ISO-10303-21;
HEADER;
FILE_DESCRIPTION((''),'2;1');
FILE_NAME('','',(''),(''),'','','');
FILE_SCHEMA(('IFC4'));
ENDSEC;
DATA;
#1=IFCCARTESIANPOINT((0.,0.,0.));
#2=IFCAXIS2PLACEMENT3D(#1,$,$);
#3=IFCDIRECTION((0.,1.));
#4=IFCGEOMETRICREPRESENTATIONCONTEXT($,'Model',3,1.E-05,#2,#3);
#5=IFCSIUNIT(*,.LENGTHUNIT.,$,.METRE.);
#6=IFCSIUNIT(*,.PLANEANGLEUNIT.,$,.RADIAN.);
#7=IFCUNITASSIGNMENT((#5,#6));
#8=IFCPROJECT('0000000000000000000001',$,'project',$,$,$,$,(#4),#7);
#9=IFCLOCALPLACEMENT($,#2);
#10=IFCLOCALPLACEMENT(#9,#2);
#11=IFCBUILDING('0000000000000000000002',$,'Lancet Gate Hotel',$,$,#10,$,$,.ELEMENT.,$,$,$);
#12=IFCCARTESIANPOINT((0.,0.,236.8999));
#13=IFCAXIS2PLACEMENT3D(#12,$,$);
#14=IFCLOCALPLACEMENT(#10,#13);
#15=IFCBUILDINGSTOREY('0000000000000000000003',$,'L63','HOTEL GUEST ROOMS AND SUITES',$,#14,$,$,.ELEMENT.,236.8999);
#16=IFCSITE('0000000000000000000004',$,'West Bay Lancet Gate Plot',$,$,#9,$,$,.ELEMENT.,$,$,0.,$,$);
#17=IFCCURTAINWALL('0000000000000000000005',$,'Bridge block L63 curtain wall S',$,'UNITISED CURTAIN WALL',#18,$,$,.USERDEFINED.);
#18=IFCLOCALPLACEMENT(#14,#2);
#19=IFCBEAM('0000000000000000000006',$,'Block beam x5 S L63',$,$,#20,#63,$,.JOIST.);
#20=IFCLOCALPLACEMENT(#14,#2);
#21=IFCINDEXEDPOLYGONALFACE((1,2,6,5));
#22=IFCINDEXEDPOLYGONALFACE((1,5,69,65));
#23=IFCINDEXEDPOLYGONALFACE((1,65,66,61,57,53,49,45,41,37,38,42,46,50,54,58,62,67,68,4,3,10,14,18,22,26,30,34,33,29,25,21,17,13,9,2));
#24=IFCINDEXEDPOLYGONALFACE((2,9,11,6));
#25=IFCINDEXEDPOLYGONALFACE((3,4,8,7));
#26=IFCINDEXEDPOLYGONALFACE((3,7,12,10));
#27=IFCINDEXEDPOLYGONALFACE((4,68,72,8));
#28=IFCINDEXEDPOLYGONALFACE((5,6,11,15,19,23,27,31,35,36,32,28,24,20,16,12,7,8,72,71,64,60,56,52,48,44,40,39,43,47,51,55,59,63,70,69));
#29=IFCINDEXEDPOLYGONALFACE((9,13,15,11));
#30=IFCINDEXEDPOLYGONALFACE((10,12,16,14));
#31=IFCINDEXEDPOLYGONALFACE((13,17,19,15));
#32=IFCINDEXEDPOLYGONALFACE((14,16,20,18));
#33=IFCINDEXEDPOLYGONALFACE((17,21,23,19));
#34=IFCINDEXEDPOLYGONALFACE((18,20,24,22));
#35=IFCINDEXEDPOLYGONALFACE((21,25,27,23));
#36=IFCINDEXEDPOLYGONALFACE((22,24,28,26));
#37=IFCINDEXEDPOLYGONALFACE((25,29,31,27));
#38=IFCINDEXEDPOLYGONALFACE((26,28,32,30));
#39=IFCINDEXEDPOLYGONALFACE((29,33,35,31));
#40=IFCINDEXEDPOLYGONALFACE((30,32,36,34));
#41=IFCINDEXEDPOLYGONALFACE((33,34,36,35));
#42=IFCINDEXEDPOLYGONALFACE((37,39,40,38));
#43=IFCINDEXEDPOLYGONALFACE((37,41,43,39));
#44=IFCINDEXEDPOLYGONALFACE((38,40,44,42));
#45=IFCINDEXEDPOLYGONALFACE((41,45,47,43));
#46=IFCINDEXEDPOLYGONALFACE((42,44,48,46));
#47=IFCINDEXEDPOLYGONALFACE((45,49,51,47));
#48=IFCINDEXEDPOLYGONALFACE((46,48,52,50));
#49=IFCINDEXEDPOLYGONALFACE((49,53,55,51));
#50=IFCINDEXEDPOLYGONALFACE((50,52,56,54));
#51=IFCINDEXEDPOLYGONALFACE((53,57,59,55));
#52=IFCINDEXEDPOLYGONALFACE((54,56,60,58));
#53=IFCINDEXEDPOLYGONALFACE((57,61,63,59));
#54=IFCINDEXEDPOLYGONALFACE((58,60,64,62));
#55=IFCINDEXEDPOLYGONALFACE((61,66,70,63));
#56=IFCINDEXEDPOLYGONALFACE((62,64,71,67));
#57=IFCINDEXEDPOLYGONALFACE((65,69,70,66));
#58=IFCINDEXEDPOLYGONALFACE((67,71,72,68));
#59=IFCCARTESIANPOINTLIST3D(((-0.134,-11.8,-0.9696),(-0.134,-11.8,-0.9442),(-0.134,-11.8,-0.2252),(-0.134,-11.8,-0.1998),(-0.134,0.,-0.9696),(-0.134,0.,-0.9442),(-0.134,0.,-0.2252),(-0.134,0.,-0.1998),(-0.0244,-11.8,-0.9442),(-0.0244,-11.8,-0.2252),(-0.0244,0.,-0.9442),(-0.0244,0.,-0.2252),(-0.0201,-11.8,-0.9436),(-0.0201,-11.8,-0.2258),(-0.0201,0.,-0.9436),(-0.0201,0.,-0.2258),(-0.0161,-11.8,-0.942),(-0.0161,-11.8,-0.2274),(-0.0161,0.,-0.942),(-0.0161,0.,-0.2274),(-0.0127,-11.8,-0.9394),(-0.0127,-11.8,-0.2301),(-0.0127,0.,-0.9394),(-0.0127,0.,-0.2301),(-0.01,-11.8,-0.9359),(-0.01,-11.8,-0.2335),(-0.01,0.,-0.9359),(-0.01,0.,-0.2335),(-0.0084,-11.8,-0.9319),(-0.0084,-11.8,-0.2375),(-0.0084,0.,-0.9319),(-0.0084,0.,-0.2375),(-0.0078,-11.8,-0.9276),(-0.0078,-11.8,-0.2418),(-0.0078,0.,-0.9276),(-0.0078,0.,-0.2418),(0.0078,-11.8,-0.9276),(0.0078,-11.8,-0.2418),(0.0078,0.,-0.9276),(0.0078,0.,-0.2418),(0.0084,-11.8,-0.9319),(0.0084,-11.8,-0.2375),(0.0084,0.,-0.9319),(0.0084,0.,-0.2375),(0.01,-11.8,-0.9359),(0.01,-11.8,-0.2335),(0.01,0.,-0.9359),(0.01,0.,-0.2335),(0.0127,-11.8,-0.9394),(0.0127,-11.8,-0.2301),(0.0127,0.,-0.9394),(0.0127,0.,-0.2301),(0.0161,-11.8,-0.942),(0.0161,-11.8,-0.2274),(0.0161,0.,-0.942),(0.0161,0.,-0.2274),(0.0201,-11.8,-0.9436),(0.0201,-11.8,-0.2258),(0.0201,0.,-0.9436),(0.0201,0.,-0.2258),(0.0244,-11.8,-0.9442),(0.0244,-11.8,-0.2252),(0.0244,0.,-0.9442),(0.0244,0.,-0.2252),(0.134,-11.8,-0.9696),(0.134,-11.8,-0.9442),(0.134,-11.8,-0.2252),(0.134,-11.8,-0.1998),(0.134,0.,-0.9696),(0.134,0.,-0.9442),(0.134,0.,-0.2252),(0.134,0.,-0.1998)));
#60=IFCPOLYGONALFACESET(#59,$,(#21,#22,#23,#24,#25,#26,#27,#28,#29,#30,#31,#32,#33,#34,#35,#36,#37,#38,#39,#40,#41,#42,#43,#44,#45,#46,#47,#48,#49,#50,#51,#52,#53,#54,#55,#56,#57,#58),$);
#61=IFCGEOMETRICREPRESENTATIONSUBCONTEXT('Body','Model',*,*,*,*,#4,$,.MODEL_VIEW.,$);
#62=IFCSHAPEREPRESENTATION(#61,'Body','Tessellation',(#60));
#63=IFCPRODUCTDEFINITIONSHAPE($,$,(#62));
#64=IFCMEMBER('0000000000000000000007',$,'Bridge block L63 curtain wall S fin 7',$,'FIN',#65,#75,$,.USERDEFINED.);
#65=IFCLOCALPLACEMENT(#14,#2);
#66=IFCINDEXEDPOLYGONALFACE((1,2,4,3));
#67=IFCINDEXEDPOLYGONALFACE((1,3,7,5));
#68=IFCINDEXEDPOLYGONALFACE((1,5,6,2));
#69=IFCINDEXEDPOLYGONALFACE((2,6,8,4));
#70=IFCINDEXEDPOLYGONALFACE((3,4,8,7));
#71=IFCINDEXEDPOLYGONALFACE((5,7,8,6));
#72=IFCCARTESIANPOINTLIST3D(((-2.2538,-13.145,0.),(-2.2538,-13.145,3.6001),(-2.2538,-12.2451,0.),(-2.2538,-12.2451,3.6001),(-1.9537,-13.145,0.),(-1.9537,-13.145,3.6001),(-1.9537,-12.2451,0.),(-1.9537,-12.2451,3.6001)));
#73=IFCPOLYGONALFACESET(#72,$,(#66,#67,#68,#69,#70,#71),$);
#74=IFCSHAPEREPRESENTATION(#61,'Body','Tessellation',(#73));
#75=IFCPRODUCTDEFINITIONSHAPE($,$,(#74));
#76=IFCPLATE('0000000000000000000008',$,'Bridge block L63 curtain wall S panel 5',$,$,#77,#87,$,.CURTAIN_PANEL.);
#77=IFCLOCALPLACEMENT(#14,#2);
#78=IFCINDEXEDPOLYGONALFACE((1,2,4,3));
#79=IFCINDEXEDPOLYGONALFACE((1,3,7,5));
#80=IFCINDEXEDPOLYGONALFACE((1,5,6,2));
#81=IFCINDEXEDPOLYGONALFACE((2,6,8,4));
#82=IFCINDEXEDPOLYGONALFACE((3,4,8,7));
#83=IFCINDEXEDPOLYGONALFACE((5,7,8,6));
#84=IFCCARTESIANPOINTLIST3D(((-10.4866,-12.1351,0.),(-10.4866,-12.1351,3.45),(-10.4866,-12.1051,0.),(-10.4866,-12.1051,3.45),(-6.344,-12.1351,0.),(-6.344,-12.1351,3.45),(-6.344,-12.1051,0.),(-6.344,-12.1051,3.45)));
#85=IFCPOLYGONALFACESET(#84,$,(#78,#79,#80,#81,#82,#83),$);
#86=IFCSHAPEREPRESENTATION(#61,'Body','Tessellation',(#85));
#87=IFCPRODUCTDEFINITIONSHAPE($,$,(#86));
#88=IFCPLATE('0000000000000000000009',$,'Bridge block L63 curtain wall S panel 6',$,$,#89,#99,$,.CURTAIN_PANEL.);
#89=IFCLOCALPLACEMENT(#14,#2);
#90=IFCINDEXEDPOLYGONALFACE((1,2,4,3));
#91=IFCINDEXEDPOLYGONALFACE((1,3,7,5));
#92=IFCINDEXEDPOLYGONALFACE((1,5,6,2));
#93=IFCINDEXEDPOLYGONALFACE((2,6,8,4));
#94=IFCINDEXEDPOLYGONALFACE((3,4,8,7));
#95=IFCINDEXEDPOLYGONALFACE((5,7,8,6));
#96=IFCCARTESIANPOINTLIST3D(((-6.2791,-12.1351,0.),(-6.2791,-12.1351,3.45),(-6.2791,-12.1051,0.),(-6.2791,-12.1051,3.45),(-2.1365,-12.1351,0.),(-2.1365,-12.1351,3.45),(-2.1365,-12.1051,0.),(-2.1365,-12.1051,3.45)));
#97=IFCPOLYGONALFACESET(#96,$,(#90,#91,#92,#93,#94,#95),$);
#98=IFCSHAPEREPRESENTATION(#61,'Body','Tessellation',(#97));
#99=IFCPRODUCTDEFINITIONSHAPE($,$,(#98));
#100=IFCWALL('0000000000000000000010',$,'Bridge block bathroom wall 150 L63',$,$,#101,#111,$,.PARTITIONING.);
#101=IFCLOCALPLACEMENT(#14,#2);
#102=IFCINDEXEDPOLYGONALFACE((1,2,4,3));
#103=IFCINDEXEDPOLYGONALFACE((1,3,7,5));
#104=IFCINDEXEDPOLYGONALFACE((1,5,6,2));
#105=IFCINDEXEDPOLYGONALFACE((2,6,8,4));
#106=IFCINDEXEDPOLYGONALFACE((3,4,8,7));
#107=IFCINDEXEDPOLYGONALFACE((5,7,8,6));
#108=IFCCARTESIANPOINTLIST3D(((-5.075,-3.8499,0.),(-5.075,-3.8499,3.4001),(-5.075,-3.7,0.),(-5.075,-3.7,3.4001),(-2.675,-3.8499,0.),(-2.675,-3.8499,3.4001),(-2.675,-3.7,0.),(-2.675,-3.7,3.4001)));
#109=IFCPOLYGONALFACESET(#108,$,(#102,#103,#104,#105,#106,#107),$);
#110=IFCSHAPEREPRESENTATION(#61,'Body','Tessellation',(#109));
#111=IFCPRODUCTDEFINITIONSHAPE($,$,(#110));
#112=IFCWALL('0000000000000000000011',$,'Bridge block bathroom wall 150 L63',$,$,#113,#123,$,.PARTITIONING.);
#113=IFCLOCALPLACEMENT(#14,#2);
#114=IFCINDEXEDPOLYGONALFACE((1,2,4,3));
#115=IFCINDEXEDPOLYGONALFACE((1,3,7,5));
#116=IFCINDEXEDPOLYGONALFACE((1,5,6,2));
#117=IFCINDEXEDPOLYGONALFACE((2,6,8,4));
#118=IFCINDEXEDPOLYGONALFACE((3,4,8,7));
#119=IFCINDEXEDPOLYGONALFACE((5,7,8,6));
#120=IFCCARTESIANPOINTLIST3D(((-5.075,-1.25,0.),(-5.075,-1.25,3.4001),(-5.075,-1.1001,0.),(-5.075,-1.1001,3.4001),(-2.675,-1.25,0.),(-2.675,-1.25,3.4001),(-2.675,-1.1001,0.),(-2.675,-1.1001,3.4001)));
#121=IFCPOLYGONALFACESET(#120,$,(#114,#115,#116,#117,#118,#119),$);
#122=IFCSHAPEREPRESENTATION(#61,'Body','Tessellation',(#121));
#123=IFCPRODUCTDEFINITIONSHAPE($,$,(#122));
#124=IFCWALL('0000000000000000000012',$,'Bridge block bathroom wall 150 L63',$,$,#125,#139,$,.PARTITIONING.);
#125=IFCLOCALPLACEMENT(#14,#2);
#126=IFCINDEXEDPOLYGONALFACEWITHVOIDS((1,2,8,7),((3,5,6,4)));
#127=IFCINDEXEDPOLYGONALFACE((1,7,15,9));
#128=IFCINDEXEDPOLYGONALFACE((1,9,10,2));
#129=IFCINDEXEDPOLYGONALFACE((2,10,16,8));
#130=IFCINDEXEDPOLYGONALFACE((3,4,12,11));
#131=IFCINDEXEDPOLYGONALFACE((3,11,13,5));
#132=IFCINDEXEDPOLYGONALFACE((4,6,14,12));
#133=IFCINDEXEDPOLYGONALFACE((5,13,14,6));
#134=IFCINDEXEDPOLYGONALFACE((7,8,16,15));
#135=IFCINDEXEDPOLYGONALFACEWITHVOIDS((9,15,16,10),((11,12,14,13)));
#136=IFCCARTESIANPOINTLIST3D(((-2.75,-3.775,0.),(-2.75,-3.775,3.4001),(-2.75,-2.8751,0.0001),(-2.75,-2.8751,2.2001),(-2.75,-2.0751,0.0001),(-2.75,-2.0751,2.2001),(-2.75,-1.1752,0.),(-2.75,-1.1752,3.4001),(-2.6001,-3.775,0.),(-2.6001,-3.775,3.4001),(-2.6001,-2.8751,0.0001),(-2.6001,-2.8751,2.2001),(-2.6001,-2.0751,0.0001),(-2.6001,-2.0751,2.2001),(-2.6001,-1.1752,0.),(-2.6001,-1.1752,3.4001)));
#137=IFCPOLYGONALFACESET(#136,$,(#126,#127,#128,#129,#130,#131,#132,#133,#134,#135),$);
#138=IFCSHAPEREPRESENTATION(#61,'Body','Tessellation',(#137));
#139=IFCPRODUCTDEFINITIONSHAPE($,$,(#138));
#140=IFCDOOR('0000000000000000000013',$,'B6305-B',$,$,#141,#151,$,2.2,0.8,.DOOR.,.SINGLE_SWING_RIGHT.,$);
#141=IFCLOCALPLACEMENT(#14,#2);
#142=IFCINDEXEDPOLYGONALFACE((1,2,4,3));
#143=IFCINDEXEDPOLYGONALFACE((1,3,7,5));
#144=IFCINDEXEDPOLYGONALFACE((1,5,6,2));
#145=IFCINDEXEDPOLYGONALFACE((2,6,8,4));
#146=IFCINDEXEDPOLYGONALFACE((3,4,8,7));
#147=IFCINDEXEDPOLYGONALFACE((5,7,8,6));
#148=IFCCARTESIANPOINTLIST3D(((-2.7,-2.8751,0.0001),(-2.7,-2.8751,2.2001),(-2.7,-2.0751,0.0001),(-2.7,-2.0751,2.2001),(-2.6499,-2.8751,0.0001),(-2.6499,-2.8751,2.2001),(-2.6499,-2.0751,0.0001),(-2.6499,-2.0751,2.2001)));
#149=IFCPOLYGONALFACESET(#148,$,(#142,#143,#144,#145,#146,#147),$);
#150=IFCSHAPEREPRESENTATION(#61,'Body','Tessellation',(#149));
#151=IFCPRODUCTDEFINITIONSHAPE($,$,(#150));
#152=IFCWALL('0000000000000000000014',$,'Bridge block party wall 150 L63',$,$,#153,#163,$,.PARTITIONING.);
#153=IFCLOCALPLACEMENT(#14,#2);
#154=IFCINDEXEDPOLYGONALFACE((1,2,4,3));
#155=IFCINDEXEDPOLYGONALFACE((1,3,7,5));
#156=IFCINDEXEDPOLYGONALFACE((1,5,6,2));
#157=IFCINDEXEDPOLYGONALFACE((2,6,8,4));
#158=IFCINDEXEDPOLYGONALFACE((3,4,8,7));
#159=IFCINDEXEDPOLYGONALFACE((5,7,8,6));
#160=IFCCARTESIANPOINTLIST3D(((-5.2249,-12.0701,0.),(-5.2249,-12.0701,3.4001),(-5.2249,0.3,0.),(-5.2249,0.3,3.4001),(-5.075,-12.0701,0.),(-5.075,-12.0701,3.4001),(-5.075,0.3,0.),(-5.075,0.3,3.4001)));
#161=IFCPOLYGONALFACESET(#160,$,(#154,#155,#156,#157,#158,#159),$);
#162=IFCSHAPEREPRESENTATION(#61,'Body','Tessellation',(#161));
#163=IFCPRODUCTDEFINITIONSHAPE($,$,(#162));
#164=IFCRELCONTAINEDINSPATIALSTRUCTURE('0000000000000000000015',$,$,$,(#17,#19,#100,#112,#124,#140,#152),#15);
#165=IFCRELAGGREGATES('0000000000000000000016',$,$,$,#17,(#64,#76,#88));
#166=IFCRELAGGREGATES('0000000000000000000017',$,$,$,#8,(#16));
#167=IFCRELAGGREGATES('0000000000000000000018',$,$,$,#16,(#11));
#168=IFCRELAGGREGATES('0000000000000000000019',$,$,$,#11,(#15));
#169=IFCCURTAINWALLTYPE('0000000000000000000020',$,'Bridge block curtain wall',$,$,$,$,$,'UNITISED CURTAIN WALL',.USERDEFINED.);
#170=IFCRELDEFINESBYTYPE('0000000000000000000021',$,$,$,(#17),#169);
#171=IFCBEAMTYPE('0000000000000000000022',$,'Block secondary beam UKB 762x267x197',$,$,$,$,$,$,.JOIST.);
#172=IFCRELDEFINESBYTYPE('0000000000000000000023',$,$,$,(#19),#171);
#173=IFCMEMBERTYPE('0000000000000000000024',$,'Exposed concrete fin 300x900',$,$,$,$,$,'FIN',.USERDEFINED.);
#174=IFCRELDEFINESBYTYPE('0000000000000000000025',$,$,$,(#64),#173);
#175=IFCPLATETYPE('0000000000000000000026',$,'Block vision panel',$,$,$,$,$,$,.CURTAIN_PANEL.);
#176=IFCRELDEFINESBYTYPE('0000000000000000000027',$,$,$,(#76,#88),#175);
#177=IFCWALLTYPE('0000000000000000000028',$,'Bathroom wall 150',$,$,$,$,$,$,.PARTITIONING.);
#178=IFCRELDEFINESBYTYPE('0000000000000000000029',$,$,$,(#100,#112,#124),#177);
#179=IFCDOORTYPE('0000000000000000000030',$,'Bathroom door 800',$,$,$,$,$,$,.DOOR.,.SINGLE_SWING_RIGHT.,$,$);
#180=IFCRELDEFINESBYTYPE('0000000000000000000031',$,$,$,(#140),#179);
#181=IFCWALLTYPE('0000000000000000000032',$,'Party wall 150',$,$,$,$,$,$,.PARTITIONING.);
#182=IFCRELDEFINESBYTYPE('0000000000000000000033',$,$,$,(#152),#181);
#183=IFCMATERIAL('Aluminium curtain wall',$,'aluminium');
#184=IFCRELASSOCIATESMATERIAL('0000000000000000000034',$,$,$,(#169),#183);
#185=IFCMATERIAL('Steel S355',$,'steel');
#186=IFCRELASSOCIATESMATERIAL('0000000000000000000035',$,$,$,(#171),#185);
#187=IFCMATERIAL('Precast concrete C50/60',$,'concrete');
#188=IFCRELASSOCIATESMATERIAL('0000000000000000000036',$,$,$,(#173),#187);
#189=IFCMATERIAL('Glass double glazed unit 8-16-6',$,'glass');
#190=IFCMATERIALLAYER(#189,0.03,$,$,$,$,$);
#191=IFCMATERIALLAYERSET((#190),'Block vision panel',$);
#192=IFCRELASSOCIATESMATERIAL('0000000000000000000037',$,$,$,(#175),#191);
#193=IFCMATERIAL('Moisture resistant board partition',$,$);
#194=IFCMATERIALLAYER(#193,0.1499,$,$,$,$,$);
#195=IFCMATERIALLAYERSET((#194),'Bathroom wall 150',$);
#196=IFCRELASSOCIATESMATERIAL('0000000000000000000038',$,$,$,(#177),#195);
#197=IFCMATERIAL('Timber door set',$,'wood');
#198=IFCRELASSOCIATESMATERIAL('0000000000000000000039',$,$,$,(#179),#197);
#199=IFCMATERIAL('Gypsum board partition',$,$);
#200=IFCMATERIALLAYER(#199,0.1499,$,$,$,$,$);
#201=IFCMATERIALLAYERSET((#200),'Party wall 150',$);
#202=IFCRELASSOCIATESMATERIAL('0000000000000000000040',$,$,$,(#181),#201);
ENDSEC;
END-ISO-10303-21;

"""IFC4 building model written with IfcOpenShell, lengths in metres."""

from ifc_helpers import new_model, si_unit, direction, frame, frame_2d, origin, origin_2d, place, context, subcontext, project, spatial, rectangle, i_section, extrude, material, layer, layer_set, material_profile, profile_set, type_object, element, fill, aggregate, save


model = new_model("IFC4")

# Units and contexts
model_context = context("Model", 3, precision=1e-05, world=origin(), true_north=direction((0.0, 1.0)))
body_context = subcontext(model_context, "Body", "Model", "MODEL_VIEW")
ifc_project = project(units=[si_unit("LENGTHUNIT", "METRE"), si_unit("PLANEANGLEUNIT", "RADIAN")], contexts=[model_context])

# Site, building, storey
site_placement = place(None, origin())
site = spatial("IfcSite", under=ifc_project, at=site_placement, Name="West Bay Lancet Gate Plot", CompositionType="ELEMENT", RefElevation=0.0)
building_placement = place(site_placement, origin())
building = spatial("IfcBuilding", under=site, at=building_placement, Name="Lancet Gate Hotel", CompositionType="ELEMENT")
storey_placement = place(building_placement, frame((0.0, 0.0, 236.8999)))
storey = spatial("IfcBuildingStorey", under=building, at=storey_placement, Name="L63", Description="HOTEL GUEST ROOMS AND SUITES", CompositionType="ELEMENT", Elevation=236.8999)

# Curtain wall
ifc_material_1 = material(Name="Aluminium curtain wall", Category="aluminium")
curtain_wall_type = type_object("IfcCurtainWallType", Name="Bridge block curtain wall", ElementType="UNITISED CURTAIN WALL", PredefinedType="USERDEFINED", material=ifc_material_1)
curtain_wall_placement = place(storey_placement, origin())
curtain_wall = element("IfcCurtainWall", 1, at=curtain_wall_placement, inside=storey, type_object=curtain_wall_type, Name="Bridge block L63 curtain wall S", ObjectType="UNITISED CURTAIN WALL", PredefinedType="USERDEFINED")

# Beam
ifc_material_2 = material(Name="Steel S355", Category="steel")
ifc_material_profile_1 = material_profile(ifc_material_2, i_section(OverallWidth=0.2681, OverallDepth=0.7698, WebThickness=0.0156, FlangeThickness=0.0254, FilletRadius=0.0166, at=origin_2d()), Name="UKB 762x267x197")
ifc_profile_set_1 = profile_set([ifc_material_profile_1], Name="Steel S355")
beam_type_1 = type_object("IfcBeamType", Name="Block secondary beam UKB 762x267x197", PredefinedType="JOIST", material=ifc_profile_set_1)
for number, where, z_axis, x_axis, name in (
    (2, (0.0, -11.8, -0.5847), (0.0, 1.0, 0.0), (-1.0, 0.0, 0.0), "Block beam x5 S L63"),
):
    element("IfcBeam", number, at=place(storey_placement, frame(where, z_axis=z_axis, x_axis=x_axis)), inside=storey, type_object=beam_type_1, Name=name, PredefinedType="JOIST", context=body_context, shape_type="SweptSolid", body=[
        extrude(i_section(OverallWidth=0.2681, OverallDepth=0.7698, WebThickness=0.0156, FlangeThickness=0.0254, FilletRadius=0.0166, at=origin_2d()), origin(), (0.0, 0.0, 1.0), 11.8),
    ])

# Member
ifc_material_3 = material(Name="Precast concrete C50/60", Category="concrete")
ifc_material_profile_2 = material_profile(ifc_material_3, rectangle(XDim=0.3, YDim=0.8999, at=origin_2d()), Name="FIN 300x900")
ifc_profile_set_2 = profile_set([ifc_material_profile_2], Name="Precast concrete C50/60")
member_type_1 = type_object("IfcMemberType", Name="Exposed concrete fin 300x900", ElementType="FIN", PredefinedType="USERDEFINED", material=ifc_profile_set_2)
member_1_placement = place(storey_placement, frame((-2.1038, -12.6951, 0.0), z_axis=(0.0, 0.0, 1.0), x_axis=(1.0, 0.0, 0.0)))
member_1 = element("IfcMember", 3, at=member_1_placement, type_object=member_type_1, Name="Bridge block L63 curtain wall S fin 7", ObjectType="FIN", PredefinedType="USERDEFINED", context=body_context, shape_type="SweptSolid", body=[
    extrude(rectangle(XDim=0.3, YDim=0.8999, at=origin_2d()), origin(), (0.0, 0.0, 1.0), 3.6001),
])

# Plates
ifc_material_4 = material(Name="Glass double glazed unit 8-16-6", Category="glass")
ifc_layer_1 = layer(ifc_material_4, 0.03)
ifc_layer_set_1 = layer_set([ifc_layer_1], Name="Block vision panel")
plate_type = type_object("IfcPlateType", Name="Block vision panel", PredefinedType="CURTAIN_PANEL", material=ifc_layer_set_1)
plate_1_placement = place(storey_placement, frame((-8.4153, -12.1201, 0.0), z_axis=(0.0, 0.0, 1.0), x_axis=(1.0, 0.0, 0.0)))
plate_1 = element("IfcPlate", 4, at=plate_1_placement, type_object=plate_type, Name="Bridge block L63 curtain wall S panel 5", PredefinedType="CURTAIN_PANEL", context=body_context, shape_type="SweptSolid", body=[
    extrude(rectangle(XDim=4.1426, YDim=0.03, at=origin_2d()), origin(), (0.0, 0.0, 1.0), 3.45),
])
plate_2_placement = place(storey_placement, frame((-4.2078, -12.1201, 0.0), z_axis=(0.0, 0.0, 1.0), x_axis=(1.0, 0.0, 0.0)))
plate_2 = element("IfcPlate", 5, at=plate_2_placement, type_object=plate_type, Name="Bridge block L63 curtain wall S panel 6", PredefinedType="CURTAIN_PANEL", context=body_context, shape_type="SweptSolid", body=[
    extrude(rectangle(XDim=4.1426, YDim=0.03, at=origin_2d()), origin(), (0.0, 0.0, 1.0), 3.45),
])
aggregate(curtain_wall, [member_1, plate_1, plate_2])

# Walls
ifc_material_5 = material(Name="Moisture resistant board partition")
ifc_layer_2 = layer(ifc_material_5, 0.1499)
ifc_layer_set_2 = layer_set([ifc_layer_2], Name="Bathroom wall 150")
wall_type_1 = type_object("IfcWallType", Name="Bathroom wall 150", PredefinedType="PARTITIONING", material=ifc_layer_set_2)
for number, where, z_axis, x_axis, name in (
    (6, (-5.075, -3.7749, 0.0), (0.0, 0.0, 1.0), (1.0, 0.0, 0.0), "Bridge block bathroom wall 150 L63"),
    (7, (-5.075, -1.175, 0.0), (0.0, 0.0, 1.0), (1.0, 0.0, 0.0), "Bridge block bathroom wall 150 L63"),
):
    element("IfcWall", number, at=place(storey_placement, frame(where, z_axis=z_axis, x_axis=x_axis)), inside=storey, type_object=wall_type_1, Name=name, PredefinedType="PARTITIONING", context=body_context, shape_type="SweptSolid", body=[
        extrude(rectangle(XDim=2.3999, YDim=0.1499, at=frame_2d((1.2, 0.0))), origin(), (0.0, 0.0, 1.0), 3.4001),
    ])

# Wall, opening, door
wall_1_placement = place(storey_placement, frame((-2.675, -3.7749, 0.0), z_axis=(0.0, 0.0, 1.0), x_axis=(0.0, 1.0, 0.0)))
wall_1 = element("IfcWall", 8, at=wall_1_placement, inside=storey, type_object=wall_type_1, Name="Bridge block bathroom wall 150 L63", PredefinedType="PARTITIONING", context=body_context, shape_type="SweptSolid", body=[
    extrude(rectangle(XDim=2.5999, YDim=0.1499, at=frame_2d((1.2998, 0.0))), origin(), (0.0, 0.0, 1.0), 3.4001),
])
opening_placement = place(wall_1_placement, frame((0.8999, 0.0, 0.0)))
opening = element("IfcOpeningElement", 9, at=opening_placement, cuts=wall_1, PredefinedType="OPENING", context=body_context, shape_type="SweptSolid", body=[
    extrude(rectangle(XDim=0.8, YDim=2.2, at=frame_2d((0.3999, 1.1001))), frame((0.0, 0.085, 0.0), z_axis=(0.0, -1.0, 0.0), x_axis=(1.0, 0.0, 0.0)), (0.0, 0.0, 1.0), 0.1699),
])
ifc_material_6 = material(Name="Timber door set", Category="wood")
door_type = type_object("IfcDoorType", Name="Bathroom door 800", OperationType="SINGLE_SWING_RIGHT", PredefinedType="DOOR", material=ifc_material_6)
door_placement = place(opening_placement, origin())
door = element("IfcDoor", 10, at=door_placement, inside=storey, type_object=door_type, Name="B6305-B", OperationType="SINGLE_SWING_RIGHT", OverallHeight=2.2, OverallWidth=0.8, PredefinedType="DOOR", context=body_context, shape_type="SweptSolid", body=[
    extrude(rectangle(XDim=0.8, YDim=2.2, at=frame_2d((0.3999, 1.1001))), frame((0.0, 0.0249, 0.0), z_axis=(0.0, -1.0, 0.0), x_axis=(1.0, 0.0, 0.0)), (0.0, 0.0, 1.0), 0.05),
])
fill(opening, door)

# Wall
ifc_material_7 = material(Name="Gypsum board partition")
ifc_layer_3 = layer(ifc_material_7, 0.1499)
ifc_layer_set_3 = layer_set([ifc_layer_3], Name="Party wall 150")
wall_type_2 = type_object("IfcWallType", Name="Party wall 150", PredefinedType="PARTITIONING", material=ifc_layer_set_3)
wall_2_placement = place(storey_placement, frame((-5.1499, -12.0701, 0.0), z_axis=(0.0, 0.0, 1.0), x_axis=(0.0, 1.0, 0.0)))
element("IfcWall", 11, at=wall_2_placement, inside=storey, type_object=wall_type_2, Name="Bridge block party wall 150 L63", PredefinedType="PARTITIONING", context=body_context, shape_type="SweptSolid", body=[
    extrude(rectangle(XDim=12.3701, YDim=0.1499, at=frame_2d((6.1851, 0.0))), origin(), (0.0, 0.0, 1.0), 3.4001),
])

save(model, "model.ifc")
